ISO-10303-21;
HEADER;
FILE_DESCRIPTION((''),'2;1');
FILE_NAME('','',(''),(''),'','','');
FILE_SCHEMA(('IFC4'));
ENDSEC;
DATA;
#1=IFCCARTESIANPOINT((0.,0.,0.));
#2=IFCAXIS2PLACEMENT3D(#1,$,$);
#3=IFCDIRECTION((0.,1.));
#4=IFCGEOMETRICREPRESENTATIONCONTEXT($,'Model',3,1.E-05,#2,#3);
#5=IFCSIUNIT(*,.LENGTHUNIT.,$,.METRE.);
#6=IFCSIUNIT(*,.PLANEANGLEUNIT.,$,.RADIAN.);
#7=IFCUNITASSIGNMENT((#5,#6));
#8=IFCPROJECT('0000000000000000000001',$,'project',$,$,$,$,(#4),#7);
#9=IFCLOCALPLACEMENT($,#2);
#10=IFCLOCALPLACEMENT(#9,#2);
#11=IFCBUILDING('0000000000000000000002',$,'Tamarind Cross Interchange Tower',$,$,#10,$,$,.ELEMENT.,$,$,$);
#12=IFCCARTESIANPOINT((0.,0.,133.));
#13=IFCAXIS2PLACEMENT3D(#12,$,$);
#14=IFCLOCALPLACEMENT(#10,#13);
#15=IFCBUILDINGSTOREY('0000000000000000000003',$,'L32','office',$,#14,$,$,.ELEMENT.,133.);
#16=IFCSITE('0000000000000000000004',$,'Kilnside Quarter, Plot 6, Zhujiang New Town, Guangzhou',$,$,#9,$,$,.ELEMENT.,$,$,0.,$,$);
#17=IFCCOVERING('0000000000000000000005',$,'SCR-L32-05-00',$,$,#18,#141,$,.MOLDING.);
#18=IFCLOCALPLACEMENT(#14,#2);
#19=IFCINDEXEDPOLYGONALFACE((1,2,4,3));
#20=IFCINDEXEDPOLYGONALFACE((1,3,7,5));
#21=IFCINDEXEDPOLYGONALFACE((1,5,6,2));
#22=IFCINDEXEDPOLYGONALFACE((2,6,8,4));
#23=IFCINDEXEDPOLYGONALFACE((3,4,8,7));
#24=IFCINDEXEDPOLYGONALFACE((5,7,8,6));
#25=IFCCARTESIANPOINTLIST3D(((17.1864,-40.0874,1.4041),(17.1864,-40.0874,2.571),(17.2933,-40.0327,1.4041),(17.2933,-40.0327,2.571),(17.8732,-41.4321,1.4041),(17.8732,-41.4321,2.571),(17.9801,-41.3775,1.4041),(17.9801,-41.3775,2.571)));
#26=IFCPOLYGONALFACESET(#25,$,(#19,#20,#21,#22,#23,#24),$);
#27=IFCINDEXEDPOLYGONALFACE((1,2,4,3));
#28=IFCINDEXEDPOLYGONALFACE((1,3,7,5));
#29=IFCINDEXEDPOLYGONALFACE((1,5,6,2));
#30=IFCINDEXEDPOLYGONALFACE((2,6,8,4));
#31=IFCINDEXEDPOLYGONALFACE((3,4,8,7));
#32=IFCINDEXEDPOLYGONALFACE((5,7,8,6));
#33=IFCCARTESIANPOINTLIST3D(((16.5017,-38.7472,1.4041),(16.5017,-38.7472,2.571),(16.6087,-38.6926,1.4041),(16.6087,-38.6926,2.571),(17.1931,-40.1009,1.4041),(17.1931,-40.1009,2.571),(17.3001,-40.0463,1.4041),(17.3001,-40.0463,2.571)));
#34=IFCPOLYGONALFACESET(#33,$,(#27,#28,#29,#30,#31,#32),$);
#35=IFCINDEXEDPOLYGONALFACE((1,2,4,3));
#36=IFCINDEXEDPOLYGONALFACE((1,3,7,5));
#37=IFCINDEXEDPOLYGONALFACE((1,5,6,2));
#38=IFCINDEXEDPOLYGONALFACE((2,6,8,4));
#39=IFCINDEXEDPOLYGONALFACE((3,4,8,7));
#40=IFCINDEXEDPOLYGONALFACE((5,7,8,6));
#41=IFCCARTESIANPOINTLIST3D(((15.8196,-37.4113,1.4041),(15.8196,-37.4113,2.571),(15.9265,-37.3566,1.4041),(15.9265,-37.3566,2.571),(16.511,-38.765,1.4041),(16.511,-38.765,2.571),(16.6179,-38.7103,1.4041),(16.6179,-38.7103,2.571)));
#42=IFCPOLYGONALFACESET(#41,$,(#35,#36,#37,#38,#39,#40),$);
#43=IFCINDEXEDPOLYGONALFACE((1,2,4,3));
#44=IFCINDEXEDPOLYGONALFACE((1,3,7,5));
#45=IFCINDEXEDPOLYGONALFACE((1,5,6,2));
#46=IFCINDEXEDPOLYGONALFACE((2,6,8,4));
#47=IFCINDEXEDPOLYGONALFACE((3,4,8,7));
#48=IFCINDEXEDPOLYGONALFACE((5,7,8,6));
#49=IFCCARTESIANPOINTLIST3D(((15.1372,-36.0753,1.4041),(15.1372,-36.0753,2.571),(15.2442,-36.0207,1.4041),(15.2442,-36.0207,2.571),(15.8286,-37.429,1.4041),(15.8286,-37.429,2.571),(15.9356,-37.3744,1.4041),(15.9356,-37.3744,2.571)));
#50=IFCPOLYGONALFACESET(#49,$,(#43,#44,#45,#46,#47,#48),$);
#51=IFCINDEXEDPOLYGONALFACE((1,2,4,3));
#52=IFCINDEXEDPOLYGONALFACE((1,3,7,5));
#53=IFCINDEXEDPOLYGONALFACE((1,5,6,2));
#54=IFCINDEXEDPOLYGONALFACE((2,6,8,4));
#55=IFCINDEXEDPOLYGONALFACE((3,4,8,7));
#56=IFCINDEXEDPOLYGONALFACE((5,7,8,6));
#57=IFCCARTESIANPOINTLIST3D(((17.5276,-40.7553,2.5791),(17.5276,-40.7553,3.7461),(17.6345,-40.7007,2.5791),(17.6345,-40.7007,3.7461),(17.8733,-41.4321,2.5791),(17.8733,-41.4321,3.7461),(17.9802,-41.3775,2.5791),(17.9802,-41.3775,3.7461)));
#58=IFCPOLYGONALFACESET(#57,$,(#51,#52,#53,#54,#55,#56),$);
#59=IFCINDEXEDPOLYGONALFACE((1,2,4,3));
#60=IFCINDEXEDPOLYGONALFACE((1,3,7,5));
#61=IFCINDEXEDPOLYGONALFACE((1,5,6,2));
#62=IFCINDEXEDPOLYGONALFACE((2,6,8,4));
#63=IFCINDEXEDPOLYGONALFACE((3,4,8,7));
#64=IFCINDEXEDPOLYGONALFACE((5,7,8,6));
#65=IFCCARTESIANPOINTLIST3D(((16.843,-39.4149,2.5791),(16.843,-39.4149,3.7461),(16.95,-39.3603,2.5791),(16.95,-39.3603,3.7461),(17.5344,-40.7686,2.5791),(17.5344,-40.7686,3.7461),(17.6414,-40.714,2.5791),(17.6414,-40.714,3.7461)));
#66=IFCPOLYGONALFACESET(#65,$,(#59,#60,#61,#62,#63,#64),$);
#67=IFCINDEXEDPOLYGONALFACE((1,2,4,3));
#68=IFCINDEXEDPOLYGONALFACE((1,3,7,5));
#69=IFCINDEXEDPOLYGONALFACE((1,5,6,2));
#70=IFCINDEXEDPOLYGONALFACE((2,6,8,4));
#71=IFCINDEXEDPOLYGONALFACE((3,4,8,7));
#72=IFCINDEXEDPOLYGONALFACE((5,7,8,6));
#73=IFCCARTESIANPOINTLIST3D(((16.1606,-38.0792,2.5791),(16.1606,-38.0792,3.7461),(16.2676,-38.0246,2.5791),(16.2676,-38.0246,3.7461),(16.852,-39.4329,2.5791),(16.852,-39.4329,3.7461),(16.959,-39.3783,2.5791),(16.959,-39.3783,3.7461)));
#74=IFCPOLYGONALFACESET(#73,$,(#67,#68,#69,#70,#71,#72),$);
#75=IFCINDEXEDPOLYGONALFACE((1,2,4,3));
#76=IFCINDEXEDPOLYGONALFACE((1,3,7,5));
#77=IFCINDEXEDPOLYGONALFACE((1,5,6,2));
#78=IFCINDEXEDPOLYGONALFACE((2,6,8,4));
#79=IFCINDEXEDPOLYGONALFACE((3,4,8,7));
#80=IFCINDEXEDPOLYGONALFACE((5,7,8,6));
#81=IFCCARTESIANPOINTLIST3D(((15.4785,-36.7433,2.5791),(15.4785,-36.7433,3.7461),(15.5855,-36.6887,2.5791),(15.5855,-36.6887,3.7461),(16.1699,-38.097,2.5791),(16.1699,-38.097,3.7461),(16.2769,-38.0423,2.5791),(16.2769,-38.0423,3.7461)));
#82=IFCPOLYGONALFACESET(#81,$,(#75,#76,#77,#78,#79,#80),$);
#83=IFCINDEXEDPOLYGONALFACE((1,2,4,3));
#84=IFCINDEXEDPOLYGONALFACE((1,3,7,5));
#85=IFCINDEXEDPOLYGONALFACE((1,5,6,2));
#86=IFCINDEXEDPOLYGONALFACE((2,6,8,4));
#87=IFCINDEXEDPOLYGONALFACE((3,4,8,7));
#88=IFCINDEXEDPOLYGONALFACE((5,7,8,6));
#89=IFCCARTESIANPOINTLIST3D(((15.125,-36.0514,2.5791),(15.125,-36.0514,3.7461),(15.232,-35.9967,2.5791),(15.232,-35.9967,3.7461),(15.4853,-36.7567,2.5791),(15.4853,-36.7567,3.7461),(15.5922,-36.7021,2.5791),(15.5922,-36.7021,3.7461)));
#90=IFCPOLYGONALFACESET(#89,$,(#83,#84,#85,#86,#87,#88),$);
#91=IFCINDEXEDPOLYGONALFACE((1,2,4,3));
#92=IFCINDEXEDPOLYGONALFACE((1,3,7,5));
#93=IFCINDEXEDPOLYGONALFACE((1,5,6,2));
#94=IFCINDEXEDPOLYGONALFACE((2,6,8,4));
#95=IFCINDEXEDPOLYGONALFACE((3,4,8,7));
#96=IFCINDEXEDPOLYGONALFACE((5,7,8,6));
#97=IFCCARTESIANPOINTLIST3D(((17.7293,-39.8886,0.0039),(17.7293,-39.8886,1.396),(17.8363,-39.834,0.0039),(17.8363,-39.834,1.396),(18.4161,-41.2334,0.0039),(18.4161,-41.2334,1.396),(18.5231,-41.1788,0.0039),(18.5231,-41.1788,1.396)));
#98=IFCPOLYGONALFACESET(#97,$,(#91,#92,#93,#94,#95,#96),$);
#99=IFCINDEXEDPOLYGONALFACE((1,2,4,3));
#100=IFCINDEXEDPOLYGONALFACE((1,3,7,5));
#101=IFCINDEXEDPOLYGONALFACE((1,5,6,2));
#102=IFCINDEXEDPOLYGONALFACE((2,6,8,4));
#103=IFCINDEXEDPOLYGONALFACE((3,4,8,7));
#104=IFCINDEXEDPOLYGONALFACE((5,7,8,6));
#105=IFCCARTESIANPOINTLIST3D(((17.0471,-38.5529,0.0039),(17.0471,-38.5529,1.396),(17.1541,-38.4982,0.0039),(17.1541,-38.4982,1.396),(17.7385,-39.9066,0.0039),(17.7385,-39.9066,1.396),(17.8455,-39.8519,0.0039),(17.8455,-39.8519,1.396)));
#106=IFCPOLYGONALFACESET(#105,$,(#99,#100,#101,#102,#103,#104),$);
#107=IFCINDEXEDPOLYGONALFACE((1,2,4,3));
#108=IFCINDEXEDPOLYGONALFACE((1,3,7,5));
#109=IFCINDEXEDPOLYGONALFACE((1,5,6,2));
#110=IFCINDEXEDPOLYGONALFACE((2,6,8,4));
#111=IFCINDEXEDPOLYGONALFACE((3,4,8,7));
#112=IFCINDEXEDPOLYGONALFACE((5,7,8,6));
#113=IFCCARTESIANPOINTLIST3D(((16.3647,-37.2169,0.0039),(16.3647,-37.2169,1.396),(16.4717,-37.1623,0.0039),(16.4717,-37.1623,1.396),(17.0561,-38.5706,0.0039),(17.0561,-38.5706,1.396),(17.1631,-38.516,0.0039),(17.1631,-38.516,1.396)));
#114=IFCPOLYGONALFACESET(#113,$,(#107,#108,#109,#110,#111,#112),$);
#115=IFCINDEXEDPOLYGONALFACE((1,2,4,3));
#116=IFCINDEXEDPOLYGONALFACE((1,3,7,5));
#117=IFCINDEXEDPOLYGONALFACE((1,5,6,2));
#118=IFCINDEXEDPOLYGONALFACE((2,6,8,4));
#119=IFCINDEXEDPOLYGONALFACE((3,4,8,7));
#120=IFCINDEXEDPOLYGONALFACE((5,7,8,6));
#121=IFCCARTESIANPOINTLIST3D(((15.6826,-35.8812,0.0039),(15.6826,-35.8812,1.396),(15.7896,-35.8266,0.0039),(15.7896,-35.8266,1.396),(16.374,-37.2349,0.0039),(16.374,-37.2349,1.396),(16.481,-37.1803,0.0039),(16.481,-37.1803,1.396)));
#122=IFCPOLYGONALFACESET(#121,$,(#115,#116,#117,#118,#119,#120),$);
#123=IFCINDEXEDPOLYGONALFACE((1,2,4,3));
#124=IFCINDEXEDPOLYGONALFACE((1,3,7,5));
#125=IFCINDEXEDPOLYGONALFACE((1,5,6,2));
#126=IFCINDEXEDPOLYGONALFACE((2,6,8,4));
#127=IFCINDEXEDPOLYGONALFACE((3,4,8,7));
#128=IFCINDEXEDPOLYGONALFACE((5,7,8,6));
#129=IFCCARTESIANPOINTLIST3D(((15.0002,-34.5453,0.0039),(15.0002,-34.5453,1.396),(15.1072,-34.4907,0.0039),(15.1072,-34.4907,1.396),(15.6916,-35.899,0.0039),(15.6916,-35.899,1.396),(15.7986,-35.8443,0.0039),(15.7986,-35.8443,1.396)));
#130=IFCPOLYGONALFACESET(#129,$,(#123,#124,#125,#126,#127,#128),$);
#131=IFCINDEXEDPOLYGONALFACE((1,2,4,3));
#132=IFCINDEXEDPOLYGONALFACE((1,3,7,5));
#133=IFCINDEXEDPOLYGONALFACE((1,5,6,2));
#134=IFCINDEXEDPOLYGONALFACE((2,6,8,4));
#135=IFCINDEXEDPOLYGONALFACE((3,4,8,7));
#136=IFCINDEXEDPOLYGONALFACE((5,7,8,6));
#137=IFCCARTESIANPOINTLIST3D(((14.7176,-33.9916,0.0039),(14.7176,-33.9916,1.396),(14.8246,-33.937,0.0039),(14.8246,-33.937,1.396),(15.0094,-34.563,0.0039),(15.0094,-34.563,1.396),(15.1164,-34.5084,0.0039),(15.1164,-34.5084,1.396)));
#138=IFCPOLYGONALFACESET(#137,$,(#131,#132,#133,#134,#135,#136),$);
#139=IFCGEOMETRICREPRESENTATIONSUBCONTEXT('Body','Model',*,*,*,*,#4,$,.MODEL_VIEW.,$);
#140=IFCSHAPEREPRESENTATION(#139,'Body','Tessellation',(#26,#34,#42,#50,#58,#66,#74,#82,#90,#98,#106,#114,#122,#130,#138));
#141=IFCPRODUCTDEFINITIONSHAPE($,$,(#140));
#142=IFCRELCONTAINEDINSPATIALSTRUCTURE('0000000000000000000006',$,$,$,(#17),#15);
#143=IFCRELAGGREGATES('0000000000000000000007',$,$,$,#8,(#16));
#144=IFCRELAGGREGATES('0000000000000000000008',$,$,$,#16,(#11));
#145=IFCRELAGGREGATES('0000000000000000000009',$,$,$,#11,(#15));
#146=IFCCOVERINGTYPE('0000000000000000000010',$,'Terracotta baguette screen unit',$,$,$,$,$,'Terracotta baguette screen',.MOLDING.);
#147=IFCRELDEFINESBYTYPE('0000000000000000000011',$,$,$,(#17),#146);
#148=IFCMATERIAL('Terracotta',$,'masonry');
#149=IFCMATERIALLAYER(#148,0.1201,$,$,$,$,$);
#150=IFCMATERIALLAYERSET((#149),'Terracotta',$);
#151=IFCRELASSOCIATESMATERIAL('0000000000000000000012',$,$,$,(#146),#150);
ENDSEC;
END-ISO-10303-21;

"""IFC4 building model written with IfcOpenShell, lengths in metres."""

from ifc_helpers import new_model, si_unit, direction, frame, origin, origin_2d, place, context, subcontext, project, spatial, rectangle, extrude, material, layer, layer_set, type_object, element, save


model = new_model("IFC4")

# Units and contexts
model_context = context("Model", 3, precision=1e-05, world=origin(), true_north=direction((0.0, 1.0)))
body_context = subcontext(model_context, "Body", "Model", "MODEL_VIEW")
ifc_project = project(units=[si_unit("LENGTHUNIT", "METRE"), si_unit("PLANEANGLEUNIT", "RADIAN")], contexts=[model_context])

# Site, building, storey
site_placement = place(None, origin())
site = spatial("IfcSite", under=ifc_project, at=site_placement, Name="Kilnside Quarter, Plot 6, Zhujiang New Town, Guangzhou", CompositionType="ELEMENT", RefElevation=0.0)
building_placement = place(site_placement, origin())
building = spatial("IfcBuilding", under=site, at=building_placement, Name="Tamarind Cross Interchange Tower", CompositionType="ELEMENT")
storey_placement = place(building_placement, frame((0.0, 0.0, 133.0)))
storey = spatial("IfcBuildingStorey", under=building, at=storey_placement, Name="L32", Description="office", CompositionType="ELEMENT", Elevation=133.0)

# Covering
ifc_material_1 = material(Name="Terracotta", Category="masonry")
ifc_layer_1 = layer(ifc_material_1, 0.1201)
ifc_layer_set_1 = layer_set([ifc_layer_1], Name="Terracotta")
covering_type = type_object("IfcCoveringType", Name="Terracotta baguette screen unit", ElementType="Terracotta baguette screen", PredefinedType="MOLDING", material=ifc_layer_set_1)
covering_1_placement = place(storey_placement, origin())
element("IfcCovering", 1, at=covering_1_placement, inside=storey, type_object=covering_type, Name="SCR-L32-05-00", PredefinedType="MOLDING", context=body_context, shape_type="SweptSolid", body=[
    extrude(rectangle(XDim=1.51, YDim=0.1201, at=origin_2d()), frame((17.5833, -40.7324, 1.4041), z_axis=(0.0, 0.0, 1.0), x_axis=(-0.454847, 0.89057, 0.0)), (0.0, 0.0, 1.0), 1.167),
    extrude(rectangle(XDim=1.52, YDim=0.1201, at=origin_2d()), frame((16.9009, -39.3967, 1.4041), z_axis=(0.0, 0.0, 1.0), x_axis=(-0.454847, 0.89057, 0.0)), (0.0, 0.0, 1.0), 1.167),
    extrude(rectangle(XDim=1.52, YDim=0.1201, at=origin_2d()), frame((16.2188, -38.0608, 1.4041), z_axis=(0.0, 0.0, 1.0), x_axis=(-0.454847, 0.89057, 0.0)), (0.0, 0.0, 1.0), 1.167),
    extrude(rectangle(XDim=1.52, YDim=0.1201, at=origin_2d()), frame((15.5364, -36.7249, 1.4041), z_axis=(0.0, 0.0, 1.0), x_axis=(-0.454847, 0.89057, 0.0)), (0.0, 0.0, 1.0), 1.167),
    extrude(rectangle(XDim=0.76, YDim=0.1201, at=origin_2d()), frame((17.7539, -41.0664, 2.5791), z_axis=(0.0, 0.0, 1.0), x_axis=(-0.454847, 0.89057, 0.0)), (0.0, 0.0, 1.0), 1.167),
    extrude(rectangle(XDim=1.52, YDim=0.1201, at=origin_2d()), frame((17.2422, -40.0645, 2.5791), z_axis=(0.0, 0.0, 1.0), x_axis=(-0.454847, 0.89057, 0.0)), (0.0, 0.0, 1.0), 1.167),
    extrude(rectangle(XDim=1.52, YDim=0.1201, at=origin_2d()), frame((16.5598, -38.7288, 2.5791), z_axis=(0.0, 0.0, 1.0), x_axis=(-0.454847, 0.89057, 0.0)), (0.0, 0.0, 1.0), 1.167),
    extrude(rectangle(XDim=1.52, YDim=0.1201, at=origin_2d()), frame((15.8777, -37.3928, 2.5791), z_axis=(0.0, 0.0, 1.0), x_axis=(-0.454847, 0.89057, 0.0)), (0.0, 0.0, 1.0), 1.167),
    extrude(rectangle(XDim=0.792, YDim=0.1201, at=origin_2d()), frame((15.3586, -36.3767, 2.5791), z_axis=(0.0, 0.0, 1.0), x_axis=(-0.454847, 0.89057, 0.0)), (0.0, 0.0, 1.0), 1.167),
    extrude(rectangle(XDim=1.51, YDim=0.1201, at=origin_2d()), frame((18.1262, -40.5337, 0.0039), z_axis=(0.0, 0.0, 1.0), x_axis=(-0.454847, 0.89057, 0.0)), (0.0, 0.0, 1.0), 1.3921),
    extrude(rectangle(XDim=1.52, YDim=0.1201, at=origin_2d()), frame((17.4463, -39.2024, 0.0039), z_axis=(0.0, 0.0, 1.0), x_axis=(-0.454847, 0.89057, 0.0)), (0.0, 0.0, 1.0), 1.3921),
    extrude(rectangle(XDim=1.52, YDim=0.1201, at=origin_2d()), frame((16.7639, -37.8665, 0.0039), z_axis=(0.0, 0.0, 1.0), x_axis=(-0.454847, 0.89057, 0.0)), (0.0, 0.0, 1.0), 1.3921),
    extrude(rectangle(XDim=1.52, YDim=0.1201, at=origin_2d()), frame((16.0818, -36.5308, 0.0039), z_axis=(0.0, 0.0, 1.0), x_axis=(-0.454847, 0.89057, 0.0)), (0.0, 0.0, 1.0), 1.3921),
    extrude(rectangle(XDim=1.52, YDim=0.1201, at=origin_2d()), frame((15.3994, -35.1948, 0.0039), z_axis=(0.0, 0.0, 1.0), x_axis=(-0.454847, 0.89057, 0.0)), (0.0, 0.0, 1.0), 1.3921),
    extrude(rectangle(XDim=0.6416, YDim=0.1201, at=origin_2d()), frame((14.917, -34.25, 0.0039), z_axis=(0.0, 0.0, 1.0), x_axis=(-0.454847, 0.89057, 0.0)), (0.0, 0.0, 1.0), 1.3921),
])

save(model, "model.ifc")
